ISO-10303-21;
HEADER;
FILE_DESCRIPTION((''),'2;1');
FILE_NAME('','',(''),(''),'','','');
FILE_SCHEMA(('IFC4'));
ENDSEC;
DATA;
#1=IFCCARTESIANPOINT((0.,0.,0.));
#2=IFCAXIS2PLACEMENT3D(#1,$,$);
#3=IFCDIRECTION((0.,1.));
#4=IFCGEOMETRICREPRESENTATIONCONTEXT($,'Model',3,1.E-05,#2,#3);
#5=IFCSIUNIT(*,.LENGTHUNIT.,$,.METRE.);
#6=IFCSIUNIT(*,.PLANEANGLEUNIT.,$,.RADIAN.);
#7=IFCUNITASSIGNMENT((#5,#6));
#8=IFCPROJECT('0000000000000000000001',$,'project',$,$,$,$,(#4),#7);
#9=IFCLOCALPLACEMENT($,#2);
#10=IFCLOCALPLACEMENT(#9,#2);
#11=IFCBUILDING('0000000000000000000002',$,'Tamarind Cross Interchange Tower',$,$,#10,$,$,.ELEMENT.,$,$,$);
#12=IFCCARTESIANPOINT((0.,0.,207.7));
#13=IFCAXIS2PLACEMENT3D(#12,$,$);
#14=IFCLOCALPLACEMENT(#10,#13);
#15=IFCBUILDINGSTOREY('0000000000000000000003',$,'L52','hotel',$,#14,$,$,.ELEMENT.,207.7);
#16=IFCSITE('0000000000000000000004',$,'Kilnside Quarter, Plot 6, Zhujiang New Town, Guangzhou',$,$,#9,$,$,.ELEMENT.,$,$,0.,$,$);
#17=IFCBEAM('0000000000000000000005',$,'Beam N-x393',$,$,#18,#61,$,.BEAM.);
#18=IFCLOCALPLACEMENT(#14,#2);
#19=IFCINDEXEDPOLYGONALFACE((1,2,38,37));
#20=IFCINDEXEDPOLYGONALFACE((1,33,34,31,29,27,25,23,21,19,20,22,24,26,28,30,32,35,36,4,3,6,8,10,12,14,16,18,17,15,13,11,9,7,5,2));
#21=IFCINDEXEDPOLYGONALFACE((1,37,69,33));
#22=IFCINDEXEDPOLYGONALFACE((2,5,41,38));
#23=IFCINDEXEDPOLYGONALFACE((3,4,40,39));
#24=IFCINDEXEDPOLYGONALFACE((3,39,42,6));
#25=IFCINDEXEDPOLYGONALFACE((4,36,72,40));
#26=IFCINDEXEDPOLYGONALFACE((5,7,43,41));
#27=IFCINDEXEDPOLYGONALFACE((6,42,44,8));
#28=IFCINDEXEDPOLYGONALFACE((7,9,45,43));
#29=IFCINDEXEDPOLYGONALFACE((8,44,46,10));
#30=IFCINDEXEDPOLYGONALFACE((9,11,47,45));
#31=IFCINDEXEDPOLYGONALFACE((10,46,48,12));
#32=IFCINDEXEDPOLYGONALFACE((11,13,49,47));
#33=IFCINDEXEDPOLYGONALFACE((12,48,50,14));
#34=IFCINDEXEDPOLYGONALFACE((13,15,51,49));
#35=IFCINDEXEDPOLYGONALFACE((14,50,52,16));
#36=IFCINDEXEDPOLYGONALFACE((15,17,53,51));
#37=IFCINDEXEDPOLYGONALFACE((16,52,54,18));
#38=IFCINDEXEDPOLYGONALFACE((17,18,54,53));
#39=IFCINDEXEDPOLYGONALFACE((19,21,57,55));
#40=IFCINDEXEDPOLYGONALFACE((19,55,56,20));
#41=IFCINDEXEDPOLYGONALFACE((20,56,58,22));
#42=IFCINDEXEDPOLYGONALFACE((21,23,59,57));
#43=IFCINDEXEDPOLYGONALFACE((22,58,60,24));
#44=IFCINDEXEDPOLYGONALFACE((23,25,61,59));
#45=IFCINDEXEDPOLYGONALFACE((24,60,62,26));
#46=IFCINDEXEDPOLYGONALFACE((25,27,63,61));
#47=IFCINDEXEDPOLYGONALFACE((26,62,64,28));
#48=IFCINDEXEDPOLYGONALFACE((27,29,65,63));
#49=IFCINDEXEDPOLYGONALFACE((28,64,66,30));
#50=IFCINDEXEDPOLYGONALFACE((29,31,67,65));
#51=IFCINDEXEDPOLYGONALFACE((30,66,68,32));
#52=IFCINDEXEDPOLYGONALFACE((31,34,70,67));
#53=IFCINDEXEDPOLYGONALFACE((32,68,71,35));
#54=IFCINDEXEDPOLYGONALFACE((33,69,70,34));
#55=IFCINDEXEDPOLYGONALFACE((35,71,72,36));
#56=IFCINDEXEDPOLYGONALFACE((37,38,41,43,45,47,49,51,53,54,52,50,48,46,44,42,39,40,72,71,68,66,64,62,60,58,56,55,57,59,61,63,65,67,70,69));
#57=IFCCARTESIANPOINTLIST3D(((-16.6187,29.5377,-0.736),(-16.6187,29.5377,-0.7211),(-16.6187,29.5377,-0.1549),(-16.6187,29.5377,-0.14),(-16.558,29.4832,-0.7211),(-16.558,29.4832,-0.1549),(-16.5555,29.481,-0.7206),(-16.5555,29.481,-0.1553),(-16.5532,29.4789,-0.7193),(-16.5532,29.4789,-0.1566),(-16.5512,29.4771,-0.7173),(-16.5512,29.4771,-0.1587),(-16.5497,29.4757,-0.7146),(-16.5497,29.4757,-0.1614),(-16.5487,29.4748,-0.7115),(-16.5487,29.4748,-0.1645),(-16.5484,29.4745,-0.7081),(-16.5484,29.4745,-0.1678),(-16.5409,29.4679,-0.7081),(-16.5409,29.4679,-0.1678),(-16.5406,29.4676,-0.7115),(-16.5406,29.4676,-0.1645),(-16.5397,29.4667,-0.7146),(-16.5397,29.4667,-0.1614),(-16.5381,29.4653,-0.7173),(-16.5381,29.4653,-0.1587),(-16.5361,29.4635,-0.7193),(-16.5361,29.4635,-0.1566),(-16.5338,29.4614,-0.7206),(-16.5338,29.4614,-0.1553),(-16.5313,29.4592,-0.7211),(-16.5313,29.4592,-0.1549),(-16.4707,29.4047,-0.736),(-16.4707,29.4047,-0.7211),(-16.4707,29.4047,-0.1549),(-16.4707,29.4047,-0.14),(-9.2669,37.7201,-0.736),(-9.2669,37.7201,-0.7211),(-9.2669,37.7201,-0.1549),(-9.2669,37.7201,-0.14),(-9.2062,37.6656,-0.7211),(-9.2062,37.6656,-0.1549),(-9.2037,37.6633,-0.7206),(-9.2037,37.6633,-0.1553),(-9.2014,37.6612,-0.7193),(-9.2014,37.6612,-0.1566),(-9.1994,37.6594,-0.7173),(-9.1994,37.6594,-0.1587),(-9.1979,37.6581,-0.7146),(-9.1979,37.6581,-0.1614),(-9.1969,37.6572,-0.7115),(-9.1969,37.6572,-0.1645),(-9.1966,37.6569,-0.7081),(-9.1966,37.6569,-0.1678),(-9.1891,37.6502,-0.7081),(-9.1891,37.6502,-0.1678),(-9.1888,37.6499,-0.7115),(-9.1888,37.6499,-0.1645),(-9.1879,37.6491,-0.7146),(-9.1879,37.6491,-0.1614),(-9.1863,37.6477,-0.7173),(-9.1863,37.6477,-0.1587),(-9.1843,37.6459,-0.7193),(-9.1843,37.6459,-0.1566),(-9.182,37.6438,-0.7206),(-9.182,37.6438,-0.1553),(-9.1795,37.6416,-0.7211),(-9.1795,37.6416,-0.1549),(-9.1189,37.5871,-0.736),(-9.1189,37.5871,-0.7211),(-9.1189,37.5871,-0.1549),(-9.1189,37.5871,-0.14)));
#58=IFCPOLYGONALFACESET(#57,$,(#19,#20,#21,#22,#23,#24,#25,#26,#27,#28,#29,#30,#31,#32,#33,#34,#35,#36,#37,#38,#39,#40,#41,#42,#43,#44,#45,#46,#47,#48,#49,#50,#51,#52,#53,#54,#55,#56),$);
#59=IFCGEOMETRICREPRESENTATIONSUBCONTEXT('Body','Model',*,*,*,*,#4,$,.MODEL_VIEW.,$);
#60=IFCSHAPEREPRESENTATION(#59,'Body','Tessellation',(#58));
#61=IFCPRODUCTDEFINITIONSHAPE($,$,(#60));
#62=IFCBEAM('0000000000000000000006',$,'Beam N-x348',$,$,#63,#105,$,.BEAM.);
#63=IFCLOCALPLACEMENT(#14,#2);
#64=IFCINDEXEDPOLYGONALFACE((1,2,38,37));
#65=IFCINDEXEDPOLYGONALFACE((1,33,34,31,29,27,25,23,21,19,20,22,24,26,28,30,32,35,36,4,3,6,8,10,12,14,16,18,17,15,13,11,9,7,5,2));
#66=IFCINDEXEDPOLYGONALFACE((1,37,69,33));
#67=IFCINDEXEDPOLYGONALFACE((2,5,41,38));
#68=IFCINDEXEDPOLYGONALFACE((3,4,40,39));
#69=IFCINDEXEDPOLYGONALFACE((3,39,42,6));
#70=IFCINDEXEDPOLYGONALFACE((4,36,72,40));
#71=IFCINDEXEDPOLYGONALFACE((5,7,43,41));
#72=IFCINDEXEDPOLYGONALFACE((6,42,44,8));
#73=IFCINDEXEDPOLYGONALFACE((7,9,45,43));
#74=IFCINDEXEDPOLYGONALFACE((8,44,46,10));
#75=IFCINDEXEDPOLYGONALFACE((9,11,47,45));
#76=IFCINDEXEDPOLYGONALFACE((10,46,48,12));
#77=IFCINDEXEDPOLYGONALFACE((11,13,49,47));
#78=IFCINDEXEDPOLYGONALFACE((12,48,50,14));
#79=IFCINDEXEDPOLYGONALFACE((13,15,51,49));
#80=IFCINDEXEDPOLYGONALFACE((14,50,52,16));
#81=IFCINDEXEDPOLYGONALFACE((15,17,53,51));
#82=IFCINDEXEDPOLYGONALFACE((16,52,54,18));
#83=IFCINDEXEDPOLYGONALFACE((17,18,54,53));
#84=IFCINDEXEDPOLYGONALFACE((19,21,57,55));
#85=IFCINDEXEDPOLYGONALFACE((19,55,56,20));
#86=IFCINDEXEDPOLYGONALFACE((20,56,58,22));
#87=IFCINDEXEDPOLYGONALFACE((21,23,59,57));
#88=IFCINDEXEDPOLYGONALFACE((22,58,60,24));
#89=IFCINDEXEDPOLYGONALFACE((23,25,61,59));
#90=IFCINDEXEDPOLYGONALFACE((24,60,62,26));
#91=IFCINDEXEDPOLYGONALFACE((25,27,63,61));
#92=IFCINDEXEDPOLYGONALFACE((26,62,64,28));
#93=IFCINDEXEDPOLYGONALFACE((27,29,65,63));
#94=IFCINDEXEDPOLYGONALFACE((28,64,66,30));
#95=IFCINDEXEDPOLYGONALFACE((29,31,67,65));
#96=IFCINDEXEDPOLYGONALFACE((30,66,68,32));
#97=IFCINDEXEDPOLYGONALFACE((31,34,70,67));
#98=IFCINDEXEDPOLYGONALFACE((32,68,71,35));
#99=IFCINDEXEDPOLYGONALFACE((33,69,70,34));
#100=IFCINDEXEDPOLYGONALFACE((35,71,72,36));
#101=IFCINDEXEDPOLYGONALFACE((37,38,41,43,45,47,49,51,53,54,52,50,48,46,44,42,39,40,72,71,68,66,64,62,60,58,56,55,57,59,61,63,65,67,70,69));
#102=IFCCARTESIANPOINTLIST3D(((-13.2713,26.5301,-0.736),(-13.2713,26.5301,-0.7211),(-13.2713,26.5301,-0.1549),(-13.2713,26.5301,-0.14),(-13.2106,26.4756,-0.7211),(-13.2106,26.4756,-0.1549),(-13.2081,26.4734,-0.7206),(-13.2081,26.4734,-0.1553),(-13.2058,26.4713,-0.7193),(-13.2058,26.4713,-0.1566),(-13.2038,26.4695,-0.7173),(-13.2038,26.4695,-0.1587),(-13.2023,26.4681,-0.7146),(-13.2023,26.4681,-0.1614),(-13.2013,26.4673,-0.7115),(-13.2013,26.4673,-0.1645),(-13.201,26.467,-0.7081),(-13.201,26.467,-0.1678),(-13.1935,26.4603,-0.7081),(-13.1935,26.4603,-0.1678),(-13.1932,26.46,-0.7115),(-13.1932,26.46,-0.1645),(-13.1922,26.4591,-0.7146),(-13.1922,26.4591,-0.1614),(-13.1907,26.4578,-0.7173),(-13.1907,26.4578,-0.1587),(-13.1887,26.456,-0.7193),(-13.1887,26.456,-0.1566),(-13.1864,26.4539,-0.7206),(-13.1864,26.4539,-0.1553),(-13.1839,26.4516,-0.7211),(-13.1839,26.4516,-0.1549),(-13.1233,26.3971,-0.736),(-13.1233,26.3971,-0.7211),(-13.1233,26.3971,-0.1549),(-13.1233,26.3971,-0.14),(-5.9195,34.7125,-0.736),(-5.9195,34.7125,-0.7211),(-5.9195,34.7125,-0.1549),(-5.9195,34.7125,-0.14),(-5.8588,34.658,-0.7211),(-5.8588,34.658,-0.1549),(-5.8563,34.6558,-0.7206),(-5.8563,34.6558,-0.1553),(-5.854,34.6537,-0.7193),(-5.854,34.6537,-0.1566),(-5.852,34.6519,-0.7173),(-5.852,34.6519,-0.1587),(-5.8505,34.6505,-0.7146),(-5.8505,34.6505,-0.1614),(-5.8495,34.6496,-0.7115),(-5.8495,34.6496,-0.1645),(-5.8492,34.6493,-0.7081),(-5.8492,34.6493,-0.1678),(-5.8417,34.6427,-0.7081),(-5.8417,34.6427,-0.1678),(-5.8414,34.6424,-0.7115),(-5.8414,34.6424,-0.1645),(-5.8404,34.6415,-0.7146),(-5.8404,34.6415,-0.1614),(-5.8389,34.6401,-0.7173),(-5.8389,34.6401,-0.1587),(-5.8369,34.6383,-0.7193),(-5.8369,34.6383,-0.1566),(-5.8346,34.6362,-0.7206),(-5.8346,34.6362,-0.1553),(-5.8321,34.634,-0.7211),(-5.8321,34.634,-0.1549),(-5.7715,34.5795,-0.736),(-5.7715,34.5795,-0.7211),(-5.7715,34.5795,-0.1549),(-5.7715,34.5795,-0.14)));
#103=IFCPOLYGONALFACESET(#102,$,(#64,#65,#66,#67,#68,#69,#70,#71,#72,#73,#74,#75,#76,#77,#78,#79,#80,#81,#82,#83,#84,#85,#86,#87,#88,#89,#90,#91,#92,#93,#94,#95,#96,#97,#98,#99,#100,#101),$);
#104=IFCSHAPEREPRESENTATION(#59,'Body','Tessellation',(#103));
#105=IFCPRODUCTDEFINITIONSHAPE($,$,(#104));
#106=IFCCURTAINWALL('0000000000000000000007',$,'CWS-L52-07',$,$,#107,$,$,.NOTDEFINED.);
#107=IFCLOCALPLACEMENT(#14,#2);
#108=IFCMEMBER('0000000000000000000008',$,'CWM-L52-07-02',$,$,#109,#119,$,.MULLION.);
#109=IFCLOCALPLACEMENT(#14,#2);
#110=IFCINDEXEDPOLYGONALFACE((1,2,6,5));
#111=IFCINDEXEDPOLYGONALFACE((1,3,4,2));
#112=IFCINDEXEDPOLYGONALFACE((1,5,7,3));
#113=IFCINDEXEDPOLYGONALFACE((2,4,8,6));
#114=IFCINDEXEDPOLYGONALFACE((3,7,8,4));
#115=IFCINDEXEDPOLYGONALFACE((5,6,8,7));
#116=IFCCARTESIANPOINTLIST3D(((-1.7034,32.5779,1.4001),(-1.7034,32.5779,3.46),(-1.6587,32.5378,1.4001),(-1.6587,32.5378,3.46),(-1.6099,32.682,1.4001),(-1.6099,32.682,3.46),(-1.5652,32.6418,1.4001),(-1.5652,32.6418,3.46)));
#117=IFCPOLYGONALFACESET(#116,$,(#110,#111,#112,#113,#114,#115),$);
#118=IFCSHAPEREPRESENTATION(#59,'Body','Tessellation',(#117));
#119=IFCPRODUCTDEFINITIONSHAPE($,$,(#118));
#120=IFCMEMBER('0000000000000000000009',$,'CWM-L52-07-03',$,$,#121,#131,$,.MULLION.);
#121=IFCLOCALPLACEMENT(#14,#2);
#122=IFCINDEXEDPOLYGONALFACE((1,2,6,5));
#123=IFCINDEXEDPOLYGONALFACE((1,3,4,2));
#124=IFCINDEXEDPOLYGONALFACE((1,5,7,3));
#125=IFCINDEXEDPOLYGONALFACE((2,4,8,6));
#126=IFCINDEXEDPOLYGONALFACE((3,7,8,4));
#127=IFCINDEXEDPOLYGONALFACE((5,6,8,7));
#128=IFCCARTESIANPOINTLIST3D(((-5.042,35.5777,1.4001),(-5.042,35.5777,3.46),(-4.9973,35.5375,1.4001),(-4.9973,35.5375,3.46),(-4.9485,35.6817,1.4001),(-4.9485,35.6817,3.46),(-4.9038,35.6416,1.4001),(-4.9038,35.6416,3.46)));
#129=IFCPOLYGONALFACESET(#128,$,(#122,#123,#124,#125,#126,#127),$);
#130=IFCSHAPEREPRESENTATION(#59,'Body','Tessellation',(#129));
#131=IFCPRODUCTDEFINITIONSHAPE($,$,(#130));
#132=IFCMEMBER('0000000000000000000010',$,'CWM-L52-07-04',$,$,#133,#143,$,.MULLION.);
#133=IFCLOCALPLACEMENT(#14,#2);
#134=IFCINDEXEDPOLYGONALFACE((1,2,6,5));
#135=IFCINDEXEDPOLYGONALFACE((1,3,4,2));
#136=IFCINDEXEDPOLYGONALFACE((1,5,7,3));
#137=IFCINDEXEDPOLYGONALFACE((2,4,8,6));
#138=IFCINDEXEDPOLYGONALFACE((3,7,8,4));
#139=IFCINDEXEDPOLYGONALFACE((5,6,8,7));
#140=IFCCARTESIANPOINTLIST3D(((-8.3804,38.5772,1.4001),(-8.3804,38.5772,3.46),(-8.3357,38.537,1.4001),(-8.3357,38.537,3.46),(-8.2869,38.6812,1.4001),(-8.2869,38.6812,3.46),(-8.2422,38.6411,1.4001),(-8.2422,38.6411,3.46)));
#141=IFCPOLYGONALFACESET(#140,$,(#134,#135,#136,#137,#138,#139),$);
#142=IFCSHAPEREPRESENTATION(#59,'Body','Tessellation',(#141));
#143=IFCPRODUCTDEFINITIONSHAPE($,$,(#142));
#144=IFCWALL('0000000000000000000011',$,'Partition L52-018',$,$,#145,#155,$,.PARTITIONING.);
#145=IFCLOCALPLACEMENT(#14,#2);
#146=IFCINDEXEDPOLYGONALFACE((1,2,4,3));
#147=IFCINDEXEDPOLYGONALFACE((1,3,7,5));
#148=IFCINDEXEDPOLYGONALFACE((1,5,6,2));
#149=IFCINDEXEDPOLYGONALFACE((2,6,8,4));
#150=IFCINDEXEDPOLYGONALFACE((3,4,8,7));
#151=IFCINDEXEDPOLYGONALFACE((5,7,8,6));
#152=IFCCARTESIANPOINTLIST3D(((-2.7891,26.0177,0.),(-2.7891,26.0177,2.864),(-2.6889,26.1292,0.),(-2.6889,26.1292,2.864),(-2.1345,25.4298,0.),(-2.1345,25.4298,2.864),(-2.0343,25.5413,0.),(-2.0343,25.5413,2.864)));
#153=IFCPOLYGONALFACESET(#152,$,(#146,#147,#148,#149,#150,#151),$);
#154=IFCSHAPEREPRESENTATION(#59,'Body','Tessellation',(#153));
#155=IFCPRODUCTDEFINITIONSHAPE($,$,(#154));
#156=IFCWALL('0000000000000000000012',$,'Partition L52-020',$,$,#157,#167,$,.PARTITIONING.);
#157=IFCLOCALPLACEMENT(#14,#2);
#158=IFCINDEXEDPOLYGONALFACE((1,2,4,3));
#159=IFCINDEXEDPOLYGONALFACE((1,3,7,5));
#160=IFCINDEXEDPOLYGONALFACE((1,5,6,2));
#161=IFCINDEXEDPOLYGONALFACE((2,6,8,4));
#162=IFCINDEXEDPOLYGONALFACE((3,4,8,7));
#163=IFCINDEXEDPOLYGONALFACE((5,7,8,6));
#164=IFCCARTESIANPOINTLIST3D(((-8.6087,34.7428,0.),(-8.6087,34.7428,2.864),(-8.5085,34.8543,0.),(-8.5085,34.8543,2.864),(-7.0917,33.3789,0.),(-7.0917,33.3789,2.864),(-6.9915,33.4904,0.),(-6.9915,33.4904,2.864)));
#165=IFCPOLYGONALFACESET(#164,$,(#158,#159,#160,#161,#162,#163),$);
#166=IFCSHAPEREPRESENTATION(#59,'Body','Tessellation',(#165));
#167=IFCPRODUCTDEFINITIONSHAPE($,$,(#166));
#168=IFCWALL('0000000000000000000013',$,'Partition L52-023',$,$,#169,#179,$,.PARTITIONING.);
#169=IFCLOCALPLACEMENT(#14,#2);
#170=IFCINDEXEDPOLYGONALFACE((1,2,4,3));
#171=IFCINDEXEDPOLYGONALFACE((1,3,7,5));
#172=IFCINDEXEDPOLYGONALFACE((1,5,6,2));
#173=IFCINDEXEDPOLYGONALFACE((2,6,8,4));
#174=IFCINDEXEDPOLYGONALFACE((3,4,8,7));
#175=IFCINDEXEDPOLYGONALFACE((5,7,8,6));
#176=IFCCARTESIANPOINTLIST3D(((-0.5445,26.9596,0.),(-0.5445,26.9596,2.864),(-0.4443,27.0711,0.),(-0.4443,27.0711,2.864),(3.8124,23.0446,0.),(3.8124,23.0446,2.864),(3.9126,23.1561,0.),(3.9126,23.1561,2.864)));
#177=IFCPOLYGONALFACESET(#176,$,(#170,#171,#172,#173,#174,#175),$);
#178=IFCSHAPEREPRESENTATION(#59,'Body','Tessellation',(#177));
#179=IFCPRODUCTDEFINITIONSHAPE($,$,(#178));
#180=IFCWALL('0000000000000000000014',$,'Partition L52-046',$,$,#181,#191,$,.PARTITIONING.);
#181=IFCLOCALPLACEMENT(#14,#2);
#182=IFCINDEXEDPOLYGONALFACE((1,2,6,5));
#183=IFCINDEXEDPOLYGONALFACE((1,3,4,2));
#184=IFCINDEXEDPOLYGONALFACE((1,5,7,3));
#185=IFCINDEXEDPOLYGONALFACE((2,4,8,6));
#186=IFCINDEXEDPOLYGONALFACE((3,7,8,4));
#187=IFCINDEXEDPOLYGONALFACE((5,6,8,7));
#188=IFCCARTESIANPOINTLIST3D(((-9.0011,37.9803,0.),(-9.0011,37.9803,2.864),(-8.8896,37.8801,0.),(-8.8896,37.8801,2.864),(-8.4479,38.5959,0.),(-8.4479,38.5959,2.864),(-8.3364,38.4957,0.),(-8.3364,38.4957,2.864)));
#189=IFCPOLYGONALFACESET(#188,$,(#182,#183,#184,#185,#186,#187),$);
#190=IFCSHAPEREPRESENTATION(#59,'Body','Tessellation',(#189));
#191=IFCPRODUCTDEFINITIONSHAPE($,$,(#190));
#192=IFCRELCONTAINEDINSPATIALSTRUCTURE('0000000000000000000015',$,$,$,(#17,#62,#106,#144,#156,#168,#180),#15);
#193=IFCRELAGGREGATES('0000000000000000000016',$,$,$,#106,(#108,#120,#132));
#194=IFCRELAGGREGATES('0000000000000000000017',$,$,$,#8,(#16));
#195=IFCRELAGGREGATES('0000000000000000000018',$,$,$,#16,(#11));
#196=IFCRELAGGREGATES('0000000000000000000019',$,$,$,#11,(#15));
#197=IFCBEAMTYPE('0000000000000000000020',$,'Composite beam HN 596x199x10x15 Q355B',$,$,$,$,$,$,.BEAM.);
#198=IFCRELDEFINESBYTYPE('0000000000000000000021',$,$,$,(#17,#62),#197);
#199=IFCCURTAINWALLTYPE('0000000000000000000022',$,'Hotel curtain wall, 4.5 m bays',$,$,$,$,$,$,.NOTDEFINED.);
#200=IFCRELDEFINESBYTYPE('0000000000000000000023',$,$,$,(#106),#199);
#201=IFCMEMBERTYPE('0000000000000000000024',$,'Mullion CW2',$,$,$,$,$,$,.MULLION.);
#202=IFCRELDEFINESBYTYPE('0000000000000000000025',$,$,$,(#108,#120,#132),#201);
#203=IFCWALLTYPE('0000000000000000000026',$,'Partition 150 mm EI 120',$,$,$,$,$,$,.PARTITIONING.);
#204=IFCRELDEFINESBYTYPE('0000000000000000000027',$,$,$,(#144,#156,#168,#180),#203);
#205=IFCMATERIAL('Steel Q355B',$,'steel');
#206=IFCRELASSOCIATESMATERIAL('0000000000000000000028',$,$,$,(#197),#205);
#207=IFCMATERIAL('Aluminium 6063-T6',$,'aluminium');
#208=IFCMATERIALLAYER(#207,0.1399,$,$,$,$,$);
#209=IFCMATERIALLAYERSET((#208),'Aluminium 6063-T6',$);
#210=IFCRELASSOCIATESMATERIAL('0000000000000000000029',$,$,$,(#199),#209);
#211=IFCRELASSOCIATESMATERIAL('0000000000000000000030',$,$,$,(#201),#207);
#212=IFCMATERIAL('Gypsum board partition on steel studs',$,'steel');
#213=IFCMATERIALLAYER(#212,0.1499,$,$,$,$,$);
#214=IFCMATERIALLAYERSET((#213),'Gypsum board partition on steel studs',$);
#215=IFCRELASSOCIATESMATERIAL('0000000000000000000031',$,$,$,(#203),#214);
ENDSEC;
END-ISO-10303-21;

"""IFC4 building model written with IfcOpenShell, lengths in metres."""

from ifc_helpers import new_model, si_unit, direction, frame, frame_2d, origin, origin_2d, place, context, subcontext, project, spatial, rectangle, i_section, extrude, material, layer, layer_set, material_profile, profile_set, type_object, element, aggregate, save


model = new_model("IFC4")

# Units and contexts
model_context = context("Model", 3, precision=1e-05, world=origin(), true_north=direction((0.0, 1.0)))
body_context = subcontext(model_context, "Body", "Model", "MODEL_VIEW")
ifc_project = project(units=[si_unit("LENGTHUNIT", "METRE"), si_unit("PLANEANGLEUNIT", "RADIAN")], contexts=[model_context])

# Site, building, storey
site_placement = place(None, origin())
site = spatial("IfcSite", under=ifc_project, at=site_placement, Name="Kilnside Quarter, Plot 6, Zhujiang New Town, Guangzhou", CompositionType="ELEMENT", RefElevation=0.0)
building_placement = place(site_placement, origin())
building = spatial("IfcBuilding", under=site, at=building_placement, Name="Tamarind Cross Interchange Tower", CompositionType="ELEMENT")
storey_placement = place(building_placement, frame((0.0, 0.0, 207.7)))
storey = spatial("IfcBuildingStorey", under=building, at=storey_placement, Name="L52", Description="hotel", CompositionType="ELEMENT", Elevation=207.7)

# Beams
ifc_material_1 = material(Name="Steel Q355B", Category="steel")
ifc_material_profile_1 = material_profile(ifc_material_1, i_section(OverallWidth=0.199, OverallDepth=0.5959, WebThickness=0.01, FlangeThickness=0.0149, FilletRadius=0.0129, at=origin_2d()), Name="HN 596x199x10x15")
ifc_profile_set_1 = profile_set([ifc_material_profile_1], Name="Steel Q355B")
beam_type_1 = type_object("IfcBeamType", Name="Composite beam HN 596x199x10x15 Q355B", PredefinedType="BEAM", material=ifc_profile_set_1)
for number, where, z_axis, x_axis, name in (
    (1, (-9.1929, 37.6536, -0.438), (-0.668345, -0.743851, 0.0), (0.743851, -0.668345, 0.0), "Beam N-x393"),
    (2, (-5.8455, 34.646, -0.438), (-0.668345, -0.743851, 0.0), (0.743851, -0.668345, 0.0), "Beam N-x348"),
):
    element("IfcBeam", number, at=place(storey_placement, frame(where, z_axis=z_axis, x_axis=x_axis)), inside=storey, type_object=beam_type_1, Name=name, PredefinedType="BEAM", context=body_context, shape_type="SweptSolid", body=[
        extrude(i_section(OverallWidth=0.199, OverallDepth=0.5959, WebThickness=0.01, FlangeThickness=0.0149, FilletRadius=0.0129, at=origin_2d()), origin(), (0.0, 0.0, 1.0), 11.0),
    ])

# Curtain wall, members
ifc_material_2 = material(Name="Aluminium 6063-T6", Category="aluminium")
ifc_layer_1 = layer(ifc_material_2, 0.1399)
ifc_layer_set_1 = layer_set([ifc_layer_1], Name="Aluminium 6063-T6")
curtain_wall_type = type_object("IfcCurtainWallType", Name="Hotel curtain wall, 4.5 m bays", PredefinedType="NOTDEFINED", material=ifc_layer_set_1)
curtain_wall_placement = place(storey_placement, origin())
curtain_wall = element("IfcCurtainWall", 3, at=curtain_wall_placement, inside=storey, type_object=curtain_wall_type, Name="CWS-L52-07", PredefinedType="NOTDEFINED")
ifc_material_profile_2 = material_profile(ifc_material_2, rectangle(XDim=0.0601, YDim=0.1399, at=origin_2d()), Name="Mullion CW2")
ifc_profile_set_2 = profile_set([ifc_material_profile_2], Name="Aluminium 6063-T6")
member_type = type_object("IfcMemberType", Name="Mullion CW2", PredefinedType="MULLION", material=ifc_profile_set_2)
member_1_placement = place(storey_placement, frame((-1.6343, 32.6099, 1.4001), z_axis=(0.0, 0.0, 1.0), x_axis=(-0.743854, 0.668342, 0.0)))
member_1 = element("IfcMember", 4, at=member_1_placement, type_object=member_type, Name="CWM-L52-07-02", PredefinedType="MULLION", context=body_context, shape_type="SweptSolid", body=[
    extrude(rectangle(XDim=0.0601, YDim=0.1399, at=origin_2d()), origin(), (0.0, 0.0, 1.0), 2.0598),
])
member_2_placement = place(storey_placement, frame((-4.9729, 35.6096, 1.4001), z_axis=(0.0, 0.0, 1.0), x_axis=(-0.743854, 0.668342, 0.0)))
member_2 = element("IfcMember", 5, at=member_2_placement, type_object=member_type, Name="CWM-L52-07-03", PredefinedType="MULLION", context=body_context, shape_type="SweptSolid", body=[
    extrude(rectangle(XDim=0.0601, YDim=0.1399, at=origin_2d()), origin(), (0.0, 0.0, 1.0), 2.0598),
])
member_3_placement = place(storey_placement, frame((-8.3113, 38.6091, 1.4001), z_axis=(0.0, 0.0, 1.0), x_axis=(-0.743854, 0.668342, 0.0)))
member_3 = element("IfcMember", 6, at=member_3_placement, type_object=member_type, Name="CWM-L52-07-04", PredefinedType="MULLION", context=body_context, shape_type="SweptSolid", body=[
    extrude(rectangle(XDim=0.0601, YDim=0.1399, at=origin_2d()), origin(), (0.0, 0.0, 1.0), 2.0598),
])
aggregate(curtain_wall, [member_1, member_2, member_3])

# Walls
ifc_material_3 = material(Name="Gypsum board partition on steel studs", Category="steel")
ifc_layer_2 = layer(ifc_material_3, 0.1499)
ifc_layer_set_2 = layer_set([ifc_layer_2], Name="Gypsum board partition on steel studs")
wall_type_1 = type_object("IfcWallType", Name="Partition 150 mm EI 120", PredefinedType="PARTITIONING", material=ifc_layer_set_2)
wall_1_placement = place(storey_placement, frame((-2.739, 26.0735, 0.0), z_axis=(0.0, 0.0, 1.0), x_axis=(0.74397, -0.668213, 0.0)))
element("IfcWall", 7, at=wall_1_placement, inside=storey, type_object=wall_type_1, Name="Partition L52-018", PredefinedType="PARTITIONING", context=body_context, shape_type="SweptSolid", body=[
    extrude(rectangle(XDim=0.8799, YDim=0.1499, at=frame_2d((0.4399, 0.0))), origin(), (0.0, 0.0, 1.0), 2.864),
])
wall_2_placement = place(storey_placement, frame((-8.5586, 34.7986, 0.0), z_axis=(0.0, 0.0, 1.0), x_axis=(0.743627, -0.668594, 0.0)))
element("IfcWall", 8, at=wall_2_placement, inside=storey, type_object=wall_type_1, Name="Partition L52-020", PredefinedType="PARTITIONING", context=body_context, shape_type="SweptSolid", body=[
    extrude(rectangle(XDim=2.04, YDim=0.1499, at=frame_2d((1.02, 0.0))), origin(), (0.0, 0.0, 1.0), 2.864),
])
wall_3_placement = place(storey_placement, frame((-0.4944, 27.0154, 0.0), z_axis=(0.0, 0.0, 1.0), x_axis=(0.74382, -0.66838, 0.0)))
element("IfcWall", 9, at=wall_3_placement, inside=storey, type_object=wall_type_1, Name="Partition L52-023", PredefinedType="PARTITIONING", context=body_context, shape_type="SweptSolid", body=[
    extrude(rectangle(XDim=5.8574, YDim=0.1499, at=frame_2d((2.9287, 0.0))), origin(), (0.0, 0.0, 1.0), 2.864),
])
wall_4_placement = place(storey_placement, frame((-8.9453, 37.9302, 0.0), z_axis=(0.0, 0.0, 1.0), x_axis=(0.668345, 0.743851, 0.0)))
element("IfcWall", 10, at=wall_4_placement, inside=storey, type_object=wall_type_1, Name="Partition L52-046", PredefinedType="PARTITIONING", context=body_context, shape_type="SweptSolid", body=[
    extrude(rectangle(XDim=0.8276, YDim=0.1499, at=frame_2d((0.4138, 0.0))), origin(), (0.0, 0.0, 1.0), 2.864),
])

save(model, "model.ifc")
